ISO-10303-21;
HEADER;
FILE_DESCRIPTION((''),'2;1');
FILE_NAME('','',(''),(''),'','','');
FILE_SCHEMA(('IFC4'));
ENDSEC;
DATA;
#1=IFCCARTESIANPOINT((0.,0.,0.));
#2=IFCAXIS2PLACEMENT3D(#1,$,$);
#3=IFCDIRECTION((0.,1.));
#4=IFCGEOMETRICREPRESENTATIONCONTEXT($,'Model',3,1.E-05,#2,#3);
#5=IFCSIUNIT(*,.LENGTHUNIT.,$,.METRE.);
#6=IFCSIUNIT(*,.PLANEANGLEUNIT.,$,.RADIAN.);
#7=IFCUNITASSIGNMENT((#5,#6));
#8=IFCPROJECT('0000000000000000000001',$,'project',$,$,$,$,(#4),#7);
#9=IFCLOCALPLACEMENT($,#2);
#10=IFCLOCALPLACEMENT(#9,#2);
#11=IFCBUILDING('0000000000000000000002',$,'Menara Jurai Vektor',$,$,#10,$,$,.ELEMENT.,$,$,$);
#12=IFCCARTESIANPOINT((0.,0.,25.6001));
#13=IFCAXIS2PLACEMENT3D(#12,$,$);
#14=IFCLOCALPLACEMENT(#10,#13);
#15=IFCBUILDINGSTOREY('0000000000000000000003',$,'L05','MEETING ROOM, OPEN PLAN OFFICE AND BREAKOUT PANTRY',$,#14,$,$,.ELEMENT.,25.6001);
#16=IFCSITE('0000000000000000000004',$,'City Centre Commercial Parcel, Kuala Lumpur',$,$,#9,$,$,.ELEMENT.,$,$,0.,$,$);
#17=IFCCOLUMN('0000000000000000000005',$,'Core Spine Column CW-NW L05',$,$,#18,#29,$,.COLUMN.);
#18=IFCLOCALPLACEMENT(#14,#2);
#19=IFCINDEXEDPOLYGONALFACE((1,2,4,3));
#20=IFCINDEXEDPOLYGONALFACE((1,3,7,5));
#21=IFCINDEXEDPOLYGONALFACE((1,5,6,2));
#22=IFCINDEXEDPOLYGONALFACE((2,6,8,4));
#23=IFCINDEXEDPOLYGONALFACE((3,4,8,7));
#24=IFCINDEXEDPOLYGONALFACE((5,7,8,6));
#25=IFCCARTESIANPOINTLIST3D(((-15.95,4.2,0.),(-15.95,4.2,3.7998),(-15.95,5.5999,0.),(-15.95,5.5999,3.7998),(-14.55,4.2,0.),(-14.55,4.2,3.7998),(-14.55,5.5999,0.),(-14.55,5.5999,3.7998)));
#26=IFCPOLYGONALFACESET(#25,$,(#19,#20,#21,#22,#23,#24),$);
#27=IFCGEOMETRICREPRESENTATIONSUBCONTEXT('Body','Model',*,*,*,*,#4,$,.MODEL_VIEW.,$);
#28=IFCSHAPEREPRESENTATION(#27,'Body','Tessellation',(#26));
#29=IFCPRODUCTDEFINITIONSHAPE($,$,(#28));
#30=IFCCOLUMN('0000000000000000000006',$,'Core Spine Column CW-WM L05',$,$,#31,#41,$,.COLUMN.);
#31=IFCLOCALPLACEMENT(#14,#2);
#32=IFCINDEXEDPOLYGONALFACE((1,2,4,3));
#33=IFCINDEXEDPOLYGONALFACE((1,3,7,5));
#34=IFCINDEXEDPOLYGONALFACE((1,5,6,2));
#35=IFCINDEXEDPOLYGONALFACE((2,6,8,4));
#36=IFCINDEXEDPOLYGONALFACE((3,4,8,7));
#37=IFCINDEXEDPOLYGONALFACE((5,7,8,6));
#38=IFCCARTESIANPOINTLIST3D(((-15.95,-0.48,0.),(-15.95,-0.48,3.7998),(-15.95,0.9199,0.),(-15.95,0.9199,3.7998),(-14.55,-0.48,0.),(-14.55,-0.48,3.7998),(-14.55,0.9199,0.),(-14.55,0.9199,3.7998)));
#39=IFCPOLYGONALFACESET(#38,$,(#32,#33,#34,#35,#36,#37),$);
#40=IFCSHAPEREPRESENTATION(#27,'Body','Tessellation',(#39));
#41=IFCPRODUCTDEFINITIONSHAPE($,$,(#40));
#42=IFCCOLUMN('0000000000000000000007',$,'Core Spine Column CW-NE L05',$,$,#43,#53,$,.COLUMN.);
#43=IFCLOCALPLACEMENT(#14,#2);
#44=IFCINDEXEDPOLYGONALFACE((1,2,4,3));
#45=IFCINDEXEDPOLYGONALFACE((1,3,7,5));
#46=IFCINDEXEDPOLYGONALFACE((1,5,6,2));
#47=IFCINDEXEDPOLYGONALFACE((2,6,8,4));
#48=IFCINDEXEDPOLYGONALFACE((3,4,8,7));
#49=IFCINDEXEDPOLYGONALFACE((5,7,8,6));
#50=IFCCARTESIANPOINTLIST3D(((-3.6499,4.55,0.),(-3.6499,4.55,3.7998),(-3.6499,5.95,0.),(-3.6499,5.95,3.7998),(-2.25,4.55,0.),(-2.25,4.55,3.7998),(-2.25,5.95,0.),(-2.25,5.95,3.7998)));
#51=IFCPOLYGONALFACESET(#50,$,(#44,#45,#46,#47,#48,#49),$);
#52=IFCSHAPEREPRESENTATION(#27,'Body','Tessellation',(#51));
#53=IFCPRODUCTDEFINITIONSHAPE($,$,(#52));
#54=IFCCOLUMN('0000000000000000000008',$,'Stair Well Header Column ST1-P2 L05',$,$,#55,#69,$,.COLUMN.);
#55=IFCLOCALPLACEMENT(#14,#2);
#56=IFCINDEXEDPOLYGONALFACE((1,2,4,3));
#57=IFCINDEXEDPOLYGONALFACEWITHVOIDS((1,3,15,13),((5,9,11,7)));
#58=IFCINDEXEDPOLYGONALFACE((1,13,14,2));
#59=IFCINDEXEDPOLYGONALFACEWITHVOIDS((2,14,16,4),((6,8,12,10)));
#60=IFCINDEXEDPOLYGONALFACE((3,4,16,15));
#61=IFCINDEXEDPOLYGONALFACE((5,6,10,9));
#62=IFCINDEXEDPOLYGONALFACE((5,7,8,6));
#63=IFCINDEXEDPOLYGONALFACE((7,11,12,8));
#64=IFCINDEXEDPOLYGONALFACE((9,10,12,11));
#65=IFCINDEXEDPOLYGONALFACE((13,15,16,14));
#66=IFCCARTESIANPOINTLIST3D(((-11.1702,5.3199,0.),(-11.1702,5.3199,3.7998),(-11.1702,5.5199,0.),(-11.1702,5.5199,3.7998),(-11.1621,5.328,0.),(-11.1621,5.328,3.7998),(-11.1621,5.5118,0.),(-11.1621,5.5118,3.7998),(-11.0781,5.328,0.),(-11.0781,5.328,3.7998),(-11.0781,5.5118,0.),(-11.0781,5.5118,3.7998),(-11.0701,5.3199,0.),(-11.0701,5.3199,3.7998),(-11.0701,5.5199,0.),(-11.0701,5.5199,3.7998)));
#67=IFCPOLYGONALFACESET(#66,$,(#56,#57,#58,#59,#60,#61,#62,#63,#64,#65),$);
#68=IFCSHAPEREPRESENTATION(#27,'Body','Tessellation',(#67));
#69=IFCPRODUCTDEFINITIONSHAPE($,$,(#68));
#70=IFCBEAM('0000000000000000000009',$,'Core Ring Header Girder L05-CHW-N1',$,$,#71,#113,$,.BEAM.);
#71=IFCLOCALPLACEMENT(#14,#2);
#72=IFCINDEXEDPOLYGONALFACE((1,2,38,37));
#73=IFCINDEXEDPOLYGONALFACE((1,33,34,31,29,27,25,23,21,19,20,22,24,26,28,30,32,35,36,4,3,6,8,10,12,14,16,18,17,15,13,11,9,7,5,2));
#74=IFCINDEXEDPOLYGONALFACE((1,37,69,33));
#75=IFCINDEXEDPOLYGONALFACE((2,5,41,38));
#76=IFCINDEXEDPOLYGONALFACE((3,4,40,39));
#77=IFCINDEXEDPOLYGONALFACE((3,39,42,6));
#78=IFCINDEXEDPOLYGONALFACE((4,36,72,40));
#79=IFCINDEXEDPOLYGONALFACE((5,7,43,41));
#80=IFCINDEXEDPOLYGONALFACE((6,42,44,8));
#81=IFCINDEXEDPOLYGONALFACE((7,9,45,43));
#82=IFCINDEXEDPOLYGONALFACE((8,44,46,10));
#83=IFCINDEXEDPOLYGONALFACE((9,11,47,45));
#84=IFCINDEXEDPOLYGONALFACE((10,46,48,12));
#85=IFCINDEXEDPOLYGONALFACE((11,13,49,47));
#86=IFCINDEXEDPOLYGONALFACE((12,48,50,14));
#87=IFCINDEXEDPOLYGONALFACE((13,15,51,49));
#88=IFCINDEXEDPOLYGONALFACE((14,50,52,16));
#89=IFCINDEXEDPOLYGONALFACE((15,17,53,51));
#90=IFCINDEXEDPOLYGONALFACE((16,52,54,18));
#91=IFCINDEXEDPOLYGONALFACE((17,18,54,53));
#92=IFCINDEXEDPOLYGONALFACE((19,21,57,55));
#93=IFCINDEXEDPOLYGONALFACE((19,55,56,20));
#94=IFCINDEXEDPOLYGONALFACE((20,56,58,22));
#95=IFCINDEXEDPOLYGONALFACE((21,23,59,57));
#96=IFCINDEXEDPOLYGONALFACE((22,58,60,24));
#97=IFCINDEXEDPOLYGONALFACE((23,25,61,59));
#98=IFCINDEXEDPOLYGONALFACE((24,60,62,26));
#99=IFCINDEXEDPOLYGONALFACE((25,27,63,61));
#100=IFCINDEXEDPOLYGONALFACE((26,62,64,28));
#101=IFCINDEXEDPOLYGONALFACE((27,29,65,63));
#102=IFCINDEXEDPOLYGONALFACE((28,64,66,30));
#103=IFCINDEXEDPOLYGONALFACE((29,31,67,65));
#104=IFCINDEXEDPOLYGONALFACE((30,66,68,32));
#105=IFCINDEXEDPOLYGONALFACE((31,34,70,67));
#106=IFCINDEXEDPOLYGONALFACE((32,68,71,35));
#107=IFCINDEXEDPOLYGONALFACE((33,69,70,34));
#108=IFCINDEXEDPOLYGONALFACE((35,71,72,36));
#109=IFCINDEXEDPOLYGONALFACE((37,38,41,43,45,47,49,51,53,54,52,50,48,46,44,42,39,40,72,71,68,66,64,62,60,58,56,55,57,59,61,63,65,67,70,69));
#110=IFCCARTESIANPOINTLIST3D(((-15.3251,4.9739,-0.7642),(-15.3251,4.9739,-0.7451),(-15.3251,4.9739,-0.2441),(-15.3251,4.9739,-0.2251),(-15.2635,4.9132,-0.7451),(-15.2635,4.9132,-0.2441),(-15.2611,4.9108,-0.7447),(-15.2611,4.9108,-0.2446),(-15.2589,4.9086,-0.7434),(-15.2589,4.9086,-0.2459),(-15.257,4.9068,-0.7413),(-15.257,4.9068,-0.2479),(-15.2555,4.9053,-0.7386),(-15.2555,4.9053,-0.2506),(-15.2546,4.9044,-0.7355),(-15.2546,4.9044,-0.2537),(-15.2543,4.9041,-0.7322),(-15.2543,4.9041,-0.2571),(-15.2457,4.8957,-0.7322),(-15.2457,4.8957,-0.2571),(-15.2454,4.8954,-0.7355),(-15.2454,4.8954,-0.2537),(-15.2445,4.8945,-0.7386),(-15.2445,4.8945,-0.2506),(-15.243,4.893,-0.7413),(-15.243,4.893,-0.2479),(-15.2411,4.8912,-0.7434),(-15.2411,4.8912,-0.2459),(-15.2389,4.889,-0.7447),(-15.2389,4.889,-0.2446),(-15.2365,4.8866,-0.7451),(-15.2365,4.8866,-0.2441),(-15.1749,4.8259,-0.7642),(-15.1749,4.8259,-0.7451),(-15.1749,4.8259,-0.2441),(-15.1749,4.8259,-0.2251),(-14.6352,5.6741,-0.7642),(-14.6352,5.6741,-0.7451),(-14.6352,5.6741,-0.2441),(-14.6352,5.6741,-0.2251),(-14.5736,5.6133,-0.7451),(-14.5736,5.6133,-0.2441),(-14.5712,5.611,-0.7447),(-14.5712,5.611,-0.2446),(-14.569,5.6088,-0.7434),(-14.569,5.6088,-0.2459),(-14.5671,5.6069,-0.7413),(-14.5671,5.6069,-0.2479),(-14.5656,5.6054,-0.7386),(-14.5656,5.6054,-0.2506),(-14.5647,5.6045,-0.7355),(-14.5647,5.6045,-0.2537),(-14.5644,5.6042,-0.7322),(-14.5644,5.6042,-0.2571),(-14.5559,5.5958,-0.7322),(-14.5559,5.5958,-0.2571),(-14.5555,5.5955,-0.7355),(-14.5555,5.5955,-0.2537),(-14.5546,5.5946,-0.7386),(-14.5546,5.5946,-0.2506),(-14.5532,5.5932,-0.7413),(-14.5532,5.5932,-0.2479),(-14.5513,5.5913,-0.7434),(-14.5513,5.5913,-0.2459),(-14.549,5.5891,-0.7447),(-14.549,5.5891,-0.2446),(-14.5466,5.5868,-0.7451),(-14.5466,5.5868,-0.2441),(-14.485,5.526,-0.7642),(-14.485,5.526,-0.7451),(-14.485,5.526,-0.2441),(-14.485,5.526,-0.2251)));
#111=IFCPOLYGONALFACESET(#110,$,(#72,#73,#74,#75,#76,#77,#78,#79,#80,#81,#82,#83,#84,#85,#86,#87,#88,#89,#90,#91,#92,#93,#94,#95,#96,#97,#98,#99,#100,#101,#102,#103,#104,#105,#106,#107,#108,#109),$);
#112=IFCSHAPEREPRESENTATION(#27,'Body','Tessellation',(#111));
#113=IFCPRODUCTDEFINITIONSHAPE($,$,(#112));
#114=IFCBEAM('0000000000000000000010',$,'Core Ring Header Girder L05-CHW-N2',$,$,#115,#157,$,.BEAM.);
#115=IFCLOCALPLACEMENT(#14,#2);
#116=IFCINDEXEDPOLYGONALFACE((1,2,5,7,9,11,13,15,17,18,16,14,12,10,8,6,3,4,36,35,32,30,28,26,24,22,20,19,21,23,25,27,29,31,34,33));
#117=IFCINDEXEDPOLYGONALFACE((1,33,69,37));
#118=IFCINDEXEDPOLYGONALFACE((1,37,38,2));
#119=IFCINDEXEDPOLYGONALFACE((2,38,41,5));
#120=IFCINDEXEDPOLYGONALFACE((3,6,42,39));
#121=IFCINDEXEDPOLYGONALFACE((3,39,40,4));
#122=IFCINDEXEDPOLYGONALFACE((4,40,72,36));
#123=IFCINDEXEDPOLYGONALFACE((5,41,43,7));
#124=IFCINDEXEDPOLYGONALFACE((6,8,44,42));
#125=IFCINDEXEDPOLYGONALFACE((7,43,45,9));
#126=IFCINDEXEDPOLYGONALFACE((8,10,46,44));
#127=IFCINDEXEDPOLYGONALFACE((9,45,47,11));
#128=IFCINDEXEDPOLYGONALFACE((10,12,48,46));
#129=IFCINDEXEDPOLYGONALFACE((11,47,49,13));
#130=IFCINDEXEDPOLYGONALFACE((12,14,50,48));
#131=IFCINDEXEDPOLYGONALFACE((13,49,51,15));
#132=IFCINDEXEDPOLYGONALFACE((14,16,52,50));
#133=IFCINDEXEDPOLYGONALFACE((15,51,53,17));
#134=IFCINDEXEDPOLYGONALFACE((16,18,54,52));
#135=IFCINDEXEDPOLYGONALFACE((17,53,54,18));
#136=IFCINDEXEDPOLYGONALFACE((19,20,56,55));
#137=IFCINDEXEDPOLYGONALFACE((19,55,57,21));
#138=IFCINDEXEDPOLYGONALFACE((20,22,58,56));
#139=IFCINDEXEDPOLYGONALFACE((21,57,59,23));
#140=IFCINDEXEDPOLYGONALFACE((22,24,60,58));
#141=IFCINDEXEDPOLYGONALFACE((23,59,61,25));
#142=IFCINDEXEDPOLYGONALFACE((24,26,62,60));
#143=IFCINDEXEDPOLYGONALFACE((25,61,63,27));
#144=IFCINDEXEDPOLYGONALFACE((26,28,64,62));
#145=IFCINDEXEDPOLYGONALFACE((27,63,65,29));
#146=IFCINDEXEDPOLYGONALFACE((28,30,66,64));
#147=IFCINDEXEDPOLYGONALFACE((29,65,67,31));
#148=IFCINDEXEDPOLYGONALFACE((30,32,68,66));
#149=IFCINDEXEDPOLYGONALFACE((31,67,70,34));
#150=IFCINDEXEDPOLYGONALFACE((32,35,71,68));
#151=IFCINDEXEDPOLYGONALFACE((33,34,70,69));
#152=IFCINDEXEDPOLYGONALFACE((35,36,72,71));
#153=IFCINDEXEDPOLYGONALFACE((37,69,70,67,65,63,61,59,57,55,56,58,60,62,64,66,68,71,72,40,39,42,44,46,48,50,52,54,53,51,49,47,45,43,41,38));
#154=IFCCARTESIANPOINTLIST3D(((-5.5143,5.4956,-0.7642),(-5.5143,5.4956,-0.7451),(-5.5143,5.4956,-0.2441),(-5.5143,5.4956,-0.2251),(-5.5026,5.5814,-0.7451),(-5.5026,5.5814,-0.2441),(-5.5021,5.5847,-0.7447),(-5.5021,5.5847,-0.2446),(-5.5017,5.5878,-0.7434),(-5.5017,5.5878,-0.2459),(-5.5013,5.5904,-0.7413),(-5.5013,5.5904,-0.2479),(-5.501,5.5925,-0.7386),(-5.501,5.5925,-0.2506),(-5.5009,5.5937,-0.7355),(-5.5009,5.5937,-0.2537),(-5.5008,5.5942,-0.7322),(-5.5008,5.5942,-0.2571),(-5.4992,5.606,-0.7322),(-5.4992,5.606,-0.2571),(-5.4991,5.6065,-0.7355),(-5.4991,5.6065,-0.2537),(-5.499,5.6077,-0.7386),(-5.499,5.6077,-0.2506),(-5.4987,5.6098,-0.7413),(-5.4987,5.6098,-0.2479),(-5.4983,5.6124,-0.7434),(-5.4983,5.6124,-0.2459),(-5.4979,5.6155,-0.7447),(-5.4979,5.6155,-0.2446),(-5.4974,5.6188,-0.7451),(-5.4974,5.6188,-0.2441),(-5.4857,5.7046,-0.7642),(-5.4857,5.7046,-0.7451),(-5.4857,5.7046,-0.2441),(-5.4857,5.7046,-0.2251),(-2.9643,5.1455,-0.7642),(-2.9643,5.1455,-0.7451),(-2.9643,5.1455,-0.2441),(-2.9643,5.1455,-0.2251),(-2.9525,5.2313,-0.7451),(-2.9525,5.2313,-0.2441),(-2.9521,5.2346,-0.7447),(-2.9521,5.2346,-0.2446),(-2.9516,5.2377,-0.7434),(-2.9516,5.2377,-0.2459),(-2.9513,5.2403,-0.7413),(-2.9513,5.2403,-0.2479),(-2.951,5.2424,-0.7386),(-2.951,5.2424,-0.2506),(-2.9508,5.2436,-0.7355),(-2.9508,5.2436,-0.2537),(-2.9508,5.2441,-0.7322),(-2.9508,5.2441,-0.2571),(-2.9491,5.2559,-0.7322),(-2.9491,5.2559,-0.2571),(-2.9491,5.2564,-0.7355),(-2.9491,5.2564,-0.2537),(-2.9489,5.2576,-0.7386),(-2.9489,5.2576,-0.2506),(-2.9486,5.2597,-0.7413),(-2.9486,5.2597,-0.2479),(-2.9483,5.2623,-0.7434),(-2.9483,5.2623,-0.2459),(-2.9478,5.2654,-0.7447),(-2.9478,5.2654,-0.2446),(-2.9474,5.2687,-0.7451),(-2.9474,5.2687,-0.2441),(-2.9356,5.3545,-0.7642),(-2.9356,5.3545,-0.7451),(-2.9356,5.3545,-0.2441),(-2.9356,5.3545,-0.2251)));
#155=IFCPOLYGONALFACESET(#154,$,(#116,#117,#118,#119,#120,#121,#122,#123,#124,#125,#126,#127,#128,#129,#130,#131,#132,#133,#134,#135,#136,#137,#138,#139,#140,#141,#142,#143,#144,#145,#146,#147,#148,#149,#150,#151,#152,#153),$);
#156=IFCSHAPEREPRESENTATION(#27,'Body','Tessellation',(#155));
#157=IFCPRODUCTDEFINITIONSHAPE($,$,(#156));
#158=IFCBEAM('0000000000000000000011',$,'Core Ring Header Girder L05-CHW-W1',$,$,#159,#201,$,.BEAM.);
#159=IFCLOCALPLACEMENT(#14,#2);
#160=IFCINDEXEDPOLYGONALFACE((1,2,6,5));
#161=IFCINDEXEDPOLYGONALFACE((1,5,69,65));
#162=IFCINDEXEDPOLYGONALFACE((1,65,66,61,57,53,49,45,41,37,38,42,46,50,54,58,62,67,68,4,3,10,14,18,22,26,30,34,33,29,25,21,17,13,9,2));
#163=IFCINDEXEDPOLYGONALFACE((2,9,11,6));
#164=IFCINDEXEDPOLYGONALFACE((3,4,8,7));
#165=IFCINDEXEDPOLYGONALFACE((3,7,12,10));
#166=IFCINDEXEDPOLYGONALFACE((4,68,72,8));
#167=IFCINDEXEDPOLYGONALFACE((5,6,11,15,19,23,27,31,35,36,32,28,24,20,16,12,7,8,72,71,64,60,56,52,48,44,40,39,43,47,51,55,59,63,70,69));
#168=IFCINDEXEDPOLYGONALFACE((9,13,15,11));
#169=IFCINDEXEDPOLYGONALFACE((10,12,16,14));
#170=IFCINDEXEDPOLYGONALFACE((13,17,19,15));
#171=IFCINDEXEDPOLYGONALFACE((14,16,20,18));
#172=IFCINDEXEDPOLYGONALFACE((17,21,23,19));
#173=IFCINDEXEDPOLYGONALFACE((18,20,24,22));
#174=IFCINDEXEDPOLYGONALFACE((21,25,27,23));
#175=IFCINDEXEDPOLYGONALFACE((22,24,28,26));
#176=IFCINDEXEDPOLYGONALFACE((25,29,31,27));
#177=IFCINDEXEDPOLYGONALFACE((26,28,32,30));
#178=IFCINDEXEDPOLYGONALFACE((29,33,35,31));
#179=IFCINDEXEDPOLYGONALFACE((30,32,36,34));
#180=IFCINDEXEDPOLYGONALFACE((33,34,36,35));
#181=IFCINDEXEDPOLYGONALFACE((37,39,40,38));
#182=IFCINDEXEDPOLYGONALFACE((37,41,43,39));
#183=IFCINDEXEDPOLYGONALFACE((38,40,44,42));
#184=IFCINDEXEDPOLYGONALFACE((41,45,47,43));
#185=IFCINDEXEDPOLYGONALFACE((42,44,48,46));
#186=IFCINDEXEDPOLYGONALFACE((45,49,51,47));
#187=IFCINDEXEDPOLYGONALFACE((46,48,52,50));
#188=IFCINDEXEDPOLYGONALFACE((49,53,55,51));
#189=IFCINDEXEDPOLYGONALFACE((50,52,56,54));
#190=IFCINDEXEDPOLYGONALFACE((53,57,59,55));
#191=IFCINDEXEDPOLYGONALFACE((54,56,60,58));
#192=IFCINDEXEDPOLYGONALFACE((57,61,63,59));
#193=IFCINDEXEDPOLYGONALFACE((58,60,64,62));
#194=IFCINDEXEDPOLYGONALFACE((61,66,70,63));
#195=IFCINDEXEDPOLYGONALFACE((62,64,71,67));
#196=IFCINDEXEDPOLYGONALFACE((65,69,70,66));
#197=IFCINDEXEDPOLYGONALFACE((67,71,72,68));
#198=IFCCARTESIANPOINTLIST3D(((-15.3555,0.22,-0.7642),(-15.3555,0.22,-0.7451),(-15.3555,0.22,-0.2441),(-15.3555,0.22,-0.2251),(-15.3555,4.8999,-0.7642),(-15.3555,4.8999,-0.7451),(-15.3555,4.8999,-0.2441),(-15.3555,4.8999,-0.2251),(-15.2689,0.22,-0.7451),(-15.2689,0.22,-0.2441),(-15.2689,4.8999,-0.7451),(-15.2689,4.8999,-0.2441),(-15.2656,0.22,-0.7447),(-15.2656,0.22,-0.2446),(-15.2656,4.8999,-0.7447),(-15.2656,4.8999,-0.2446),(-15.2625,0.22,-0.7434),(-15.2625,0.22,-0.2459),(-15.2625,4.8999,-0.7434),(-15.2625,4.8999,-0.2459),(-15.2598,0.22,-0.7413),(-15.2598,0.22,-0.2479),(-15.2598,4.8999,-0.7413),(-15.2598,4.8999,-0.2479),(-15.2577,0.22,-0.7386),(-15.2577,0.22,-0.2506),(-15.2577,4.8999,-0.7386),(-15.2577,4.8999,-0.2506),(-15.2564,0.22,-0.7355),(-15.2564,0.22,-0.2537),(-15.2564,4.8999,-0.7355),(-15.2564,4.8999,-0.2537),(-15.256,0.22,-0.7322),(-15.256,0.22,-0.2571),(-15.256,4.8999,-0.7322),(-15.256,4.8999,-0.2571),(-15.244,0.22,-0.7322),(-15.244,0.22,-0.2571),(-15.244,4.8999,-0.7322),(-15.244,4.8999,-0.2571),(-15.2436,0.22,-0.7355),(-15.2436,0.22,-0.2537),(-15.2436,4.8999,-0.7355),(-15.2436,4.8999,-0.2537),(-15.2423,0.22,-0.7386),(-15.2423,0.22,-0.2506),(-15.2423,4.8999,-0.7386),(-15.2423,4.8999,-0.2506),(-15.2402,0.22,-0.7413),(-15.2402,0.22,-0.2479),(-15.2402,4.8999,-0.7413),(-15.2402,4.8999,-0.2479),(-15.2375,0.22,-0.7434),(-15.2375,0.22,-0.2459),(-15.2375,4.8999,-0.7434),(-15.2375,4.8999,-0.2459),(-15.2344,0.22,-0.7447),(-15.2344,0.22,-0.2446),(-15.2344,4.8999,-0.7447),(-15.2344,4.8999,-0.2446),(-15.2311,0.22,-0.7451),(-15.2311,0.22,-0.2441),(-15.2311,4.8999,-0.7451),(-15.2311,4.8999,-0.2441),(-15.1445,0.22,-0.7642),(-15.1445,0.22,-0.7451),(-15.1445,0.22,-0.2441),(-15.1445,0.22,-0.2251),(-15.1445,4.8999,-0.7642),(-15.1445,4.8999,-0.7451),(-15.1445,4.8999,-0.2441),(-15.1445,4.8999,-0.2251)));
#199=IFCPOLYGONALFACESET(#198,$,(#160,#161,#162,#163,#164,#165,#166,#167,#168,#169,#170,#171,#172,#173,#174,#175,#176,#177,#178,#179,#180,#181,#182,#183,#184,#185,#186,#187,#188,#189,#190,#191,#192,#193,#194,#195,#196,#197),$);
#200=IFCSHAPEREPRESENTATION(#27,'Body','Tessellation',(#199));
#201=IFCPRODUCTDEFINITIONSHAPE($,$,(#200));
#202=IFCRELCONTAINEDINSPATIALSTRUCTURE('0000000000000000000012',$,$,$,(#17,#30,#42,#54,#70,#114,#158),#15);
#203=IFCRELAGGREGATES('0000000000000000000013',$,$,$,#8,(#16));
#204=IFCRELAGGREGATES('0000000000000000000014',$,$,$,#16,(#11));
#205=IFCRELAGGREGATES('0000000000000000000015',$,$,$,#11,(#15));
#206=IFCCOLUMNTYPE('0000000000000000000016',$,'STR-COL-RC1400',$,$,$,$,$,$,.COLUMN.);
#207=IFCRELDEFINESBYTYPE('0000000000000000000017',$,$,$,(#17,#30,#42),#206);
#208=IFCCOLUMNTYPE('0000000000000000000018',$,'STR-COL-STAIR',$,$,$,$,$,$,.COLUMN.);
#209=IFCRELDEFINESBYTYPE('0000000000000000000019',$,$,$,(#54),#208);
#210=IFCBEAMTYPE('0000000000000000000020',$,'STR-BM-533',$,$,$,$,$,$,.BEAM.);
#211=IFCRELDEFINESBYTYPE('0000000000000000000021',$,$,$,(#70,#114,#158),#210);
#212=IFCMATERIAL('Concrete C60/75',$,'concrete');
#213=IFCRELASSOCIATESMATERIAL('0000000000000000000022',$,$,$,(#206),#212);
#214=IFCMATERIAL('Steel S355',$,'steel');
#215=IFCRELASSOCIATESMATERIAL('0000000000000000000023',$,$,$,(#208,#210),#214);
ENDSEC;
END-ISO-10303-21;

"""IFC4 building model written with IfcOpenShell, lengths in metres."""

from ifc_helpers import new_model, si_unit, direction, frame, origin, origin_2d, place, context, subcontext, project, spatial, rectangle, hollow_rectangle, i_section, extrude, material, material_profile, profile_set, type_object, element, save


model = new_model("IFC4")

# Units and contexts
model_context = context("Model", 3, precision=1e-05, world=origin(), true_north=direction((0.0, 1.0)))
body_context = subcontext(model_context, "Body", "Model", "MODEL_VIEW")
ifc_project = project(units=[si_unit("LENGTHUNIT", "METRE"), si_unit("PLANEANGLEUNIT", "RADIAN")], contexts=[model_context])

# Site, building, storey
site_placement = place(None, origin())
site = spatial("IfcSite", under=ifc_project, at=site_placement, Name="City Centre Commercial Parcel, Kuala Lumpur", CompositionType="ELEMENT", RefElevation=0.0)
building_placement = place(site_placement, origin())
building = spatial("IfcBuilding", under=site, at=building_placement, Name="Menara Jurai Vektor", CompositionType="ELEMENT")
storey_placement = place(building_placement, frame((0.0, 0.0, 25.6001)))
storey = spatial("IfcBuildingStorey", under=building, at=storey_placement, Name="L05", Description="MEETING ROOM, OPEN PLAN OFFICE AND BREAKOUT PANTRY", CompositionType="ELEMENT", Elevation=25.6001)

# Columns
ifc_material_1 = material(Name="Concrete C60/75", Category="concrete")
ifc_material_profile_1 = material_profile(ifc_material_1, rectangle(XDim=1.3999, YDim=1.3999, at=origin_2d()), Name="RC 1400x1400")
ifc_profile_set_1 = profile_set([ifc_material_profile_1], Name="Concrete C60/75")
column_type_1 = type_object("IfcColumnType", Name="STR-COL-RC1400", PredefinedType="COLUMN", material=ifc_profile_set_1)
for number, where, z_axis, x_axis, name in (
    (1, (-15.25, 4.8999, 0.0), (0.0, 0.0, 1.0), (1.0, 0.0, 0.0), "Core Spine Column CW-NW L05"),
    (2, (-15.25, 0.22, 0.0), (0.0, 0.0, 1.0), (1.0, 0.0, 0.0), "Core Spine Column CW-WM L05"),
    (3, (-2.95, 5.25, 0.0), (0.0, 0.0, 1.0), (1.0, 0.0, 0.0), "Core Spine Column CW-NE L05"),
):
    element("IfcColumn", number, at=place(storey_placement, frame(where, z_axis=z_axis, x_axis=x_axis)), inside=storey, type_object=column_type_1, Name=name, PredefinedType="COLUMN", context=body_context, shape_type="SweptSolid", body=[
        extrude(rectangle(XDim=1.3999, YDim=1.3999, at=origin_2d()), origin(), (0.0, 0.0, 1.0), 3.7998),
    ])
ifc_material_2 = material(Name="Steel S355", Category="steel")
ifc_material_profile_2 = material_profile(ifc_material_2, hollow_rectangle(XDim=0.1001, YDim=0.2, WallThickness=0.0081, at=origin_2d()), Name="RHS 200x100x8")
ifc_profile_set_2 = profile_set([ifc_material_profile_2], Name="Steel S355")
column_type_2 = type_object("IfcColumnType", Name="STR-COL-STAIR", PredefinedType="COLUMN", material=ifc_profile_set_2)
column_placement = place(storey_placement, frame((-11.1201, 5.4199, 0.0), z_axis=(0.0, 0.0, 1.0), x_axis=(1.0, 0.0, 0.0)))
element("IfcColumn", 4, at=column_placement, inside=storey, type_object=column_type_2, Name="Stair Well Header Column ST1-P2 L05", PredefinedType="COLUMN", context=body_context, shape_type="SweptSolid", body=[
    extrude(hollow_rectangle(XDim=0.1001, YDim=0.2, WallThickness=0.0081, at=origin_2d()), origin(), (0.0, 0.0, 1.0), 3.7998),
])

# Beams
ifc_material_profile_3 = material_profile(ifc_material_2, i_section(OverallWidth=0.2109, OverallDepth=0.5391, WebThickness=0.012, FlangeThickness=0.019, FilletRadius=0.0129, at=origin_2d()), Name="UKB 533x210x109")
ifc_profile_set_3 = profile_set([ifc_material_profile_3], Name="Steel S355")
beam_type_1 = type_object("IfcBeamType", Name="STR-BM-533", PredefinedType="BEAM", material=ifc_profile_set_3)
beam_1_placement = place(storey_placement, frame((-15.25, 4.8999, -0.4946), z_axis=(0.701872, 0.712303, 0.0), x_axis=(-0.712303, 0.701872, 0.0)))
element("IfcBeam", 5, at=beam_1_placement, inside=storey, type_object=beam_type_1, Name="Core Ring Header Girder L05-CHW-N1", PredefinedType="BEAM", context=body_context, shape_type="SweptSolid", body=[
    extrude(i_section(OverallWidth=0.2109, OverallDepth=0.5391, WebThickness=0.012, FlangeThickness=0.019, FilletRadius=0.0129, at=origin_2d()), origin(), (0.0, 0.0, 1.0), 0.9829),
])
beam_2_placement = place(storey_placement, frame((-5.5, 5.6001, -0.4946), z_axis=(0.990707, -0.136015, 0.0), x_axis=(0.136015, 0.990707, 0.0)))
element("IfcBeam", 6, at=beam_2_placement, inside=storey, type_object=beam_type_1, Name="Core Ring Header Girder L05-CHW-N2", PredefinedType="BEAM", context=body_context, shape_type="SweptSolid", body=[
    extrude(i_section(OverallWidth=0.2109, OverallDepth=0.5391, WebThickness=0.012, FlangeThickness=0.019, FilletRadius=0.0129, at=origin_2d()), origin(), (0.0, 0.0, 1.0), 2.574),
])
beam_3_placement = place(storey_placement, frame((-15.25, 0.22, -0.4946), z_axis=(0.0, 1.0, 0.0), x_axis=(-1.0, 0.0, 0.0)))
element("IfcBeam", 7, at=beam_3_placement, inside=storey, type_object=beam_type_1, Name="Core Ring Header Girder L05-CHW-W1", PredefinedType="BEAM", context=body_context, shape_type="SweptSolid", body=[
    extrude(i_section(OverallWidth=0.2109, OverallDepth=0.5391, WebThickness=0.012, FlangeThickness=0.019, FilletRadius=0.0129, at=origin_2d()), origin(), (0.0, 0.0, 1.0), 4.6799),
])

save(model, "model.ifc")
